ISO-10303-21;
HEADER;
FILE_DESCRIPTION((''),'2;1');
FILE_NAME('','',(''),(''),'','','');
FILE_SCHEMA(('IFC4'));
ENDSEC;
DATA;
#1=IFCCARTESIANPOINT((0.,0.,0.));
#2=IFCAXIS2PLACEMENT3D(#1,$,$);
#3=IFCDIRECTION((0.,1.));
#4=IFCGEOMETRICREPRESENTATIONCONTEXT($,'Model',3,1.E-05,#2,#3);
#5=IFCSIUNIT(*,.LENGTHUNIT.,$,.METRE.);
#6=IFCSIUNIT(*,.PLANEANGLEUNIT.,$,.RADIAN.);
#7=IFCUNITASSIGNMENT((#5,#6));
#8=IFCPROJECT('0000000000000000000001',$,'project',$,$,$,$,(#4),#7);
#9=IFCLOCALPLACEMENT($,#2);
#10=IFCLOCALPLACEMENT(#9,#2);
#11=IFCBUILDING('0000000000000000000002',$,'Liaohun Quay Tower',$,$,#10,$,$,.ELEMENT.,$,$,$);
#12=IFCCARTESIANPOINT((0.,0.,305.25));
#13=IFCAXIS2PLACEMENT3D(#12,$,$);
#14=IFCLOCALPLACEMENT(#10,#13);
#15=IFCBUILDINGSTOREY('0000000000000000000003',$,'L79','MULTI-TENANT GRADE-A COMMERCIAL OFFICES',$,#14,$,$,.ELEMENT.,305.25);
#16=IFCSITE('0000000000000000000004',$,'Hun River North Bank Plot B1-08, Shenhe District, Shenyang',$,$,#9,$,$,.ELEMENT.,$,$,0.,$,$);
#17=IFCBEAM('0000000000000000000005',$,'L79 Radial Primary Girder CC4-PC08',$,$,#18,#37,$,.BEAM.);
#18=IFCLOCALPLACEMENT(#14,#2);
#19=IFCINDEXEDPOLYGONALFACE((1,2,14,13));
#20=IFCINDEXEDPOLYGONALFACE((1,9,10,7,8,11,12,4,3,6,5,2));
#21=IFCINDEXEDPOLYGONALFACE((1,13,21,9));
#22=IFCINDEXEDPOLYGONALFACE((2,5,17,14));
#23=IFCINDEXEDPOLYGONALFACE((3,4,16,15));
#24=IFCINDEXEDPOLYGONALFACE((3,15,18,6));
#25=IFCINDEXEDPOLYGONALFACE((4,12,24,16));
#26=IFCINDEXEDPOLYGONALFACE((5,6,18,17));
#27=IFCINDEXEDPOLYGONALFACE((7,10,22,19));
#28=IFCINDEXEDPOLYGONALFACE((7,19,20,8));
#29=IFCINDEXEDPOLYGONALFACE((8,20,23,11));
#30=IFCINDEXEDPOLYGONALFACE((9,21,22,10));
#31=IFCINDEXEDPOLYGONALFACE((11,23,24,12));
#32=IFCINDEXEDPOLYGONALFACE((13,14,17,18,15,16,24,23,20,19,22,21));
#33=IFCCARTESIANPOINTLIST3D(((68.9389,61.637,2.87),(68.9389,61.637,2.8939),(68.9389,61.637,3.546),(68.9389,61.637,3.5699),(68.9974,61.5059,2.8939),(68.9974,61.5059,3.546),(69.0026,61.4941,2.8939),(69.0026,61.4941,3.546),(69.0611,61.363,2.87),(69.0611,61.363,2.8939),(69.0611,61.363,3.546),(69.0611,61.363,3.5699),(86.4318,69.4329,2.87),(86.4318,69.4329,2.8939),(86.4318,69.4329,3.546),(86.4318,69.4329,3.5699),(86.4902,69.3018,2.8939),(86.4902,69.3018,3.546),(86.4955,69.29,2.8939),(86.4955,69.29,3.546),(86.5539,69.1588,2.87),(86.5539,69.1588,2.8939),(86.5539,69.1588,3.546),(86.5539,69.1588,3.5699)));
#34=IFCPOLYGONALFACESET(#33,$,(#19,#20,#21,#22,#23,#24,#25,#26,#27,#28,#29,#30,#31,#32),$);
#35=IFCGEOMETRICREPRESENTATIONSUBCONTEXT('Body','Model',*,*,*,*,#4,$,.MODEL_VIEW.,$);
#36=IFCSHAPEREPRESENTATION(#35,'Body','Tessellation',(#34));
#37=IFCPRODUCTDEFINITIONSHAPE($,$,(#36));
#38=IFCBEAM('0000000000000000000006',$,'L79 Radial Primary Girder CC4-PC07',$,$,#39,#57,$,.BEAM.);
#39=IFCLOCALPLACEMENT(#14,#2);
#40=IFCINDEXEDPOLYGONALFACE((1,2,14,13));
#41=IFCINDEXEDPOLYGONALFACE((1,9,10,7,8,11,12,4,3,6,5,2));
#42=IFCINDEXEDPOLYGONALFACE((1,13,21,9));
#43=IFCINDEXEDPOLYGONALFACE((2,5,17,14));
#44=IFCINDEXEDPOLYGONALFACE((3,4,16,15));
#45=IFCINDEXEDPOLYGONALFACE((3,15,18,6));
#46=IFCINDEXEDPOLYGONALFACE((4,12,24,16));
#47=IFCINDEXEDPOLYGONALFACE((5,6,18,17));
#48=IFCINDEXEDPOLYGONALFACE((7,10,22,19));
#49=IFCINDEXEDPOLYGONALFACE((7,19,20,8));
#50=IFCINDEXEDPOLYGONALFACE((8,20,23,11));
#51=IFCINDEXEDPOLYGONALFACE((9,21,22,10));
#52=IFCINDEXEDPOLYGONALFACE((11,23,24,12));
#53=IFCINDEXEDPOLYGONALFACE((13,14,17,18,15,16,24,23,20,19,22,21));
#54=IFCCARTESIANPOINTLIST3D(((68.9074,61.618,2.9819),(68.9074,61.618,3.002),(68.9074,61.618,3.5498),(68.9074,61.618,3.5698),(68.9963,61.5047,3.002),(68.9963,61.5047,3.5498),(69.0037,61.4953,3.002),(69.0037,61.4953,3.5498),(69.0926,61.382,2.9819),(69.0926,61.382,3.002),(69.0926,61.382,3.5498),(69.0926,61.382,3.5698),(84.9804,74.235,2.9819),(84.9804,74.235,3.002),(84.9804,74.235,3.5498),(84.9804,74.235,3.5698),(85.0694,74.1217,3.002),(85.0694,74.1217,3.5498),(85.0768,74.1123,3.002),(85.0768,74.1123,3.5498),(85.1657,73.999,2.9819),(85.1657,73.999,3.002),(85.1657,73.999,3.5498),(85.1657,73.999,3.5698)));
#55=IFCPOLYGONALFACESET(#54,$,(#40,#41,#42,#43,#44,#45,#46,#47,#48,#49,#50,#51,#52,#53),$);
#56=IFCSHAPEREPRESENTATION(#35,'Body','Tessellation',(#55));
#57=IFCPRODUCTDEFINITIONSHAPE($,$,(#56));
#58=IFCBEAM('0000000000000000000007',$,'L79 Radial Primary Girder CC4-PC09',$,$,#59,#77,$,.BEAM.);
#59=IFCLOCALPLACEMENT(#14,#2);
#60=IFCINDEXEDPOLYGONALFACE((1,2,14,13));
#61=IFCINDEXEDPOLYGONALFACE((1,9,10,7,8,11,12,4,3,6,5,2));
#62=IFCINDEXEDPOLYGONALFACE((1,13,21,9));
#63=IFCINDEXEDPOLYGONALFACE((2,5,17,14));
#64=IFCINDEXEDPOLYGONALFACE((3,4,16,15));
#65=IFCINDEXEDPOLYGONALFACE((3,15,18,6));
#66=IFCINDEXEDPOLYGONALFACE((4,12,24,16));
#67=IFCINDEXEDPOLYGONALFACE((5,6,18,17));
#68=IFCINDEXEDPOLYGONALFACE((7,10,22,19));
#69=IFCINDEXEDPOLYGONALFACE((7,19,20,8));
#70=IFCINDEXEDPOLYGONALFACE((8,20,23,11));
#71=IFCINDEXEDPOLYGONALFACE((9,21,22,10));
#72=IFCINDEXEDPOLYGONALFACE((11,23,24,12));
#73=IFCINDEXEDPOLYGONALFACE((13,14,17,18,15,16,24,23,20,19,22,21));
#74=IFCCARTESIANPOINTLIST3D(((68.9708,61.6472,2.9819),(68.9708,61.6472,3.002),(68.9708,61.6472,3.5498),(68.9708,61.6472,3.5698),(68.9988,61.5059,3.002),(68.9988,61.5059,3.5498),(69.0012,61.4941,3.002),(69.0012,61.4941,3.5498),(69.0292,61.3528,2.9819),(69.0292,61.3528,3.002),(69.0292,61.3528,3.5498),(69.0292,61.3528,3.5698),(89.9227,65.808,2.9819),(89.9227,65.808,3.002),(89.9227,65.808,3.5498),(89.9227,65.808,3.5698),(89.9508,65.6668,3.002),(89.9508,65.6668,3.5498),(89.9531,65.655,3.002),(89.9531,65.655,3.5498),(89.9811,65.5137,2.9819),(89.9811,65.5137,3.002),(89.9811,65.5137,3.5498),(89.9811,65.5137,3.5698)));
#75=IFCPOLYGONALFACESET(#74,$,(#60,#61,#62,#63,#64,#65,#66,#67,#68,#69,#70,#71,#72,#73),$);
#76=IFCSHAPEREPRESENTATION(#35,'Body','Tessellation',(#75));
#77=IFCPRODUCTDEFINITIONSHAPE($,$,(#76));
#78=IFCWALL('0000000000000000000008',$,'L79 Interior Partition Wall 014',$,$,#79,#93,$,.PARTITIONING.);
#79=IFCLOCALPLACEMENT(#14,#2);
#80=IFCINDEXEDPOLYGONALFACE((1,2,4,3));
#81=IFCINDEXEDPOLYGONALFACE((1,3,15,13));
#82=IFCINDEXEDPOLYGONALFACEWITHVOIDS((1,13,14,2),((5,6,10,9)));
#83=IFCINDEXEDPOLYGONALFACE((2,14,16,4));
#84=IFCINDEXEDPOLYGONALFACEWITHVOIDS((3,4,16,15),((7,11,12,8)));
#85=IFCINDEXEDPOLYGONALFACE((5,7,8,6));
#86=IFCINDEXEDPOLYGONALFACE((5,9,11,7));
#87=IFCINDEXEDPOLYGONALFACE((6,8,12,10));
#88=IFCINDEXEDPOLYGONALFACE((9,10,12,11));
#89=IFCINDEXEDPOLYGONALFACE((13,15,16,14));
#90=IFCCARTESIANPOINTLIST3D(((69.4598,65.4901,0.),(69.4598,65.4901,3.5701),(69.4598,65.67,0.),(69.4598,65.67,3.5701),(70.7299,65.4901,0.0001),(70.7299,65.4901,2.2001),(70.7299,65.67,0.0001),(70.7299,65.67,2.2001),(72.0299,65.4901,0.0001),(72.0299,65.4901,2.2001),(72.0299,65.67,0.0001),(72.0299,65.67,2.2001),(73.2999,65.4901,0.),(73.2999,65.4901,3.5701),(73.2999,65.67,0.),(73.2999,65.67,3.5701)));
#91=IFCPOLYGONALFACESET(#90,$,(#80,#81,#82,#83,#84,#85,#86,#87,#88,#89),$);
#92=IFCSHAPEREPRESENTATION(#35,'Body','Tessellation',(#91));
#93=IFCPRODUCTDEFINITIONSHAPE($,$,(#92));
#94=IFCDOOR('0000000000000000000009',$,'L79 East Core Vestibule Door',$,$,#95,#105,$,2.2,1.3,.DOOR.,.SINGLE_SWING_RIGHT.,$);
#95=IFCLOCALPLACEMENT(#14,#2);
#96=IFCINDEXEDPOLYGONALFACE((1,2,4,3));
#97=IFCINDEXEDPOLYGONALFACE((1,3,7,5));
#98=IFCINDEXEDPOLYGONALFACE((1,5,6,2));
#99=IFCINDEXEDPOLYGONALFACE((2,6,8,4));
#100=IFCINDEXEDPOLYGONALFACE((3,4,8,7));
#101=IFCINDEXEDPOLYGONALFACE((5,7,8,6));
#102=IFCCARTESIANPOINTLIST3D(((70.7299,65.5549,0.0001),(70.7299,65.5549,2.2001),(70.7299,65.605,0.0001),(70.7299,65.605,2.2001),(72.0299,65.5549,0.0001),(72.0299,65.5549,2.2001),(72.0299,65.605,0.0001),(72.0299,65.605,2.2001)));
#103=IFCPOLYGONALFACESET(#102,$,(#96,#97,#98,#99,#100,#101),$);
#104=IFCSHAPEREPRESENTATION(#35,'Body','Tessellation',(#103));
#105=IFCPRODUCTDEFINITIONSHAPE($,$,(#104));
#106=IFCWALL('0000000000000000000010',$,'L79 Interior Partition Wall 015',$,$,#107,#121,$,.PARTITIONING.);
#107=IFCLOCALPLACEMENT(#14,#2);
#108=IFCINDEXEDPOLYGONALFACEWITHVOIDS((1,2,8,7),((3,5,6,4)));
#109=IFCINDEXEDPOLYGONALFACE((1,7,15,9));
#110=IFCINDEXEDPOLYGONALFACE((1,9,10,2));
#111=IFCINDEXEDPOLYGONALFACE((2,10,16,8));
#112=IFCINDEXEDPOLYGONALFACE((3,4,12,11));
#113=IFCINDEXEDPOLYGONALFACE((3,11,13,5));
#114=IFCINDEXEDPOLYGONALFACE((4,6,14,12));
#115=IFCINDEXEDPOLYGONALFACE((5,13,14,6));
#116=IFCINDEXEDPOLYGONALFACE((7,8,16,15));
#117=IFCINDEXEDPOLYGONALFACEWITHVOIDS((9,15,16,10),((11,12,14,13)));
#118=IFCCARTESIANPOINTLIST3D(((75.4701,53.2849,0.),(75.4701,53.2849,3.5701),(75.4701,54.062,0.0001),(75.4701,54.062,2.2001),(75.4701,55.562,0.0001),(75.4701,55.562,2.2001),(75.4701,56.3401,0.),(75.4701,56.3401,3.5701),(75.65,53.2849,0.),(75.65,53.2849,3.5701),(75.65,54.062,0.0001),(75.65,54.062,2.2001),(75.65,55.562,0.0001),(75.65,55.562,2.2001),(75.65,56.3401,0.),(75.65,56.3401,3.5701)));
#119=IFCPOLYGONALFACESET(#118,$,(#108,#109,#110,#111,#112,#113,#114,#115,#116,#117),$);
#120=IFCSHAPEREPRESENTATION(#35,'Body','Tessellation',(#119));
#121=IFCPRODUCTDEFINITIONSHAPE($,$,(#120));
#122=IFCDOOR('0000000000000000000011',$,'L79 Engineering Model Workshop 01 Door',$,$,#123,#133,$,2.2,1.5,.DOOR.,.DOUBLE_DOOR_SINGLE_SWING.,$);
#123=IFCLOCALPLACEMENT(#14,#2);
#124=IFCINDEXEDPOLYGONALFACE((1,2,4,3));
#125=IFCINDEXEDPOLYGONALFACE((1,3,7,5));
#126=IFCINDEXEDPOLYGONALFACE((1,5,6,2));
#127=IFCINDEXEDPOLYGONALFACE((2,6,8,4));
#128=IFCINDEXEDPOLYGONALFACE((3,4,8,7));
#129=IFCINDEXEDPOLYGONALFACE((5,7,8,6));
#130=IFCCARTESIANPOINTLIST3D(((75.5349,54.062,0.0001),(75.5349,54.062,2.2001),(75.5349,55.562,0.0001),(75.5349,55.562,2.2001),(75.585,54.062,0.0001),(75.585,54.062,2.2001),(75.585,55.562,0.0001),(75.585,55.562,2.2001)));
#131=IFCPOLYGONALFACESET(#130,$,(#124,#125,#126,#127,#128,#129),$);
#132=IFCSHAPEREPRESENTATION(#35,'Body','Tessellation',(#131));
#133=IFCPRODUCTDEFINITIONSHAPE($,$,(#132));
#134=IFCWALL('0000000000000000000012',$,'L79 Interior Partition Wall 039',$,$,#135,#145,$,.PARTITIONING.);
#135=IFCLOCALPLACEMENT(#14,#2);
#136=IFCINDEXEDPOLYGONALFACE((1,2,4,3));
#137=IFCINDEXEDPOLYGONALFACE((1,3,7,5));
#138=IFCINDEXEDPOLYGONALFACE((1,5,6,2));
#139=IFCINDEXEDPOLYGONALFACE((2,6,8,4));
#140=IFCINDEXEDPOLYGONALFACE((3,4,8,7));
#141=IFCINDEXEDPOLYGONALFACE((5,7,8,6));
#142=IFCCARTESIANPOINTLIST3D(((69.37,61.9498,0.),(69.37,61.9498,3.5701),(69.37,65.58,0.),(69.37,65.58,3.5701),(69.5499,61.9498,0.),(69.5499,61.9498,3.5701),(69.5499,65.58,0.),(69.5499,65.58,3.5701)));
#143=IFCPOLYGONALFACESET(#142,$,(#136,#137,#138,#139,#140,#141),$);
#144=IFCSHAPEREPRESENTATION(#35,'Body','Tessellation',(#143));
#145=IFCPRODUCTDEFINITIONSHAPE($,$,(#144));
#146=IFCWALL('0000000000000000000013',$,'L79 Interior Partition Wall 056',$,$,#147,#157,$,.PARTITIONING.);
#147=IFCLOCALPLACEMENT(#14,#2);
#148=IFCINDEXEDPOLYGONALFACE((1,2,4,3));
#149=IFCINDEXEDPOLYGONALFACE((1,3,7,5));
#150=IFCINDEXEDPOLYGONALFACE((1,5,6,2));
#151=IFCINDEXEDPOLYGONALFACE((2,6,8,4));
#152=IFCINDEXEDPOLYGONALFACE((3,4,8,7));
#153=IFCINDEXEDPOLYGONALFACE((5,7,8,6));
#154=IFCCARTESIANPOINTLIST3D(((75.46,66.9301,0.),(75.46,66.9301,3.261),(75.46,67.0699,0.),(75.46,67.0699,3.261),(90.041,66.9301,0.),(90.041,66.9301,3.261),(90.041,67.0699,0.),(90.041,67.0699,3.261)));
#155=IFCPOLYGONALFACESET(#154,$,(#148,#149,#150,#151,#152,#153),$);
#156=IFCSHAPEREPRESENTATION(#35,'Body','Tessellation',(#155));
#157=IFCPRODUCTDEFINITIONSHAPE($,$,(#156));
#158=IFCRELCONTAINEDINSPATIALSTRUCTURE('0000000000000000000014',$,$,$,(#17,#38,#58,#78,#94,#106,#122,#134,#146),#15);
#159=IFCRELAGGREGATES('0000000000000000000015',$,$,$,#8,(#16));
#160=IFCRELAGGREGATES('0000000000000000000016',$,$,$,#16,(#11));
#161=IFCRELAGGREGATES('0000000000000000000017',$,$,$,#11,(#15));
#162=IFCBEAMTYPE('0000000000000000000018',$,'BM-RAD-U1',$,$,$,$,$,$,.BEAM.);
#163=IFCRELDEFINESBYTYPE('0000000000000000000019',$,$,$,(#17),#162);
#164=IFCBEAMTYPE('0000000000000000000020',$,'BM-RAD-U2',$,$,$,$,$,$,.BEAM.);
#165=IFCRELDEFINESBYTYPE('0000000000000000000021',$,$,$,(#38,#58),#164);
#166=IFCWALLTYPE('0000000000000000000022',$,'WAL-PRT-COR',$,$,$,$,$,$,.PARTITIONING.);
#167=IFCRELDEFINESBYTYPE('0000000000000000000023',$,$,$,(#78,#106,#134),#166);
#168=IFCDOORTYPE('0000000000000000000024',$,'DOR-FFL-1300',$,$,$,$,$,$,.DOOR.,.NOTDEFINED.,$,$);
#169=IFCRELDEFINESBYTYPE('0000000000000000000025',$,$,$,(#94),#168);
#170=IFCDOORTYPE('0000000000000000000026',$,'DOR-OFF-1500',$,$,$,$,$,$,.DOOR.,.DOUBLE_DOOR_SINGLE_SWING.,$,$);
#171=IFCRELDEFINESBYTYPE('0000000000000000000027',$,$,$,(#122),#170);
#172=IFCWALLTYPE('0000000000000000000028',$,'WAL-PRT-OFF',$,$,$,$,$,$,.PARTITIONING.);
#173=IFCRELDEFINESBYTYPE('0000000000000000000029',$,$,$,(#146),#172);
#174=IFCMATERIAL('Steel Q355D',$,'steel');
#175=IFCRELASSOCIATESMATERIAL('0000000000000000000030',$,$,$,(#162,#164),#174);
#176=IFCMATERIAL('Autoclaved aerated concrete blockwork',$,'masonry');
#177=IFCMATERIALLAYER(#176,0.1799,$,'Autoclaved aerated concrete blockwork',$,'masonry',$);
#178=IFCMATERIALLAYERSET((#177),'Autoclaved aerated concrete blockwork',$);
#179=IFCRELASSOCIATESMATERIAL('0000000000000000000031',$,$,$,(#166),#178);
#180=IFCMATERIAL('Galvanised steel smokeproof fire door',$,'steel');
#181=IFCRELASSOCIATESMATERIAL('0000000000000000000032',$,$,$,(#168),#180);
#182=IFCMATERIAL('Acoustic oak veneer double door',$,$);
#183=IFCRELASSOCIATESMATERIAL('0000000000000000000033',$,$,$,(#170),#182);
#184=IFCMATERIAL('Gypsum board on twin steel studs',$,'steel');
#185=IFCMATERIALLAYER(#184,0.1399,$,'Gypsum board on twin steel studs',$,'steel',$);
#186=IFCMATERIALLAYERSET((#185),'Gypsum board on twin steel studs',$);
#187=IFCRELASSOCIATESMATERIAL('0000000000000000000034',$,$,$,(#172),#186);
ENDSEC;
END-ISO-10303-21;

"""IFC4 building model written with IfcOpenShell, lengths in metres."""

from ifc_helpers import new_model, si_unit, direction, frame, frame_2d, origin, origin_2d, place, context, subcontext, project, spatial, rectangle, i_section, extrude, source, transform, mapped, material, layer, layer_set, material_profile, profile_set, type_object, element, fill, save


model = new_model("IFC4")

# Units and contexts
model_context = context("Model", 3, precision=1e-05, world=origin(), true_north=direction((0.0, 1.0)))
body_context = subcontext(model_context, "Body", "Model", "MODEL_VIEW")
ifc_project = project(units=[si_unit("LENGTHUNIT", "METRE"), si_unit("PLANEANGLEUNIT", "RADIAN")], contexts=[model_context])

# Site, building, storey
site_placement = place(None, origin())
site = spatial("IfcSite", under=ifc_project, at=site_placement, Name="Hun River North Bank Plot B1-08, Shenhe District, Shenyang", CompositionType="ELEMENT", RefElevation=0.0)
building_placement = place(site_placement, origin())
building = spatial("IfcBuilding", under=site, at=building_placement, Name="Liaohun Quay Tower", CompositionType="ELEMENT")
storey_placement = place(building_placement, frame((0.0, 0.0, 305.25)))
storey = spatial("IfcBuildingStorey", under=building, at=storey_placement, Name="L79", Description="MULTI-TENANT GRADE-A COMMERCIAL OFFICES", CompositionType="ELEMENT", Elevation=305.25)

# Beams
ifc_material_1 = material(Name="Steel Q355D", Category="steel")
ifc_material_profile_1 = material_profile(ifc_material_1, i_section(OverallWidth=0.3, OverallDepth=0.7, WebThickness=0.0129, FlangeThickness=0.0239, at=origin_2d()), Name="HN700x300x13x24")
ifc_profile_set_1 = profile_set([ifc_material_profile_1], Name="Steel Q355D")
beam_type_1 = type_object("IfcBeamType", Name="BM-RAD-U1", PredefinedType="BEAM", material=ifc_profile_set_1)
shared_shape_1 = source(origin(), body_context, "Body", "SweptSolid", [
    extrude(i_section(OverallWidth=0.3, OverallDepth=0.7, WebThickness=0.0129, FlangeThickness=0.0239, at=origin_2d()), origin(), (0.0, 0.0, 1.0), 19.1514),
])
beam_1_placement = place(storey_placement, frame((69.0, 61.5, 3.22), z_axis=(0.913399, 0.407066, 0.0), x_axis=(-0.407066, 0.913399, 0.0)))
element("IfcBeam", 1, at=beam_1_placement, inside=storey, type_object=beam_type_1, Name="L79 Radial Primary Girder CC4-PC08", PredefinedType="BEAM", context=body_context, shape_type="MappedRepresentation", body=[
    mapped(shared_shape_1, transform((0.0, 0.0, 0.0), x_axis=(1.0, 0.0, 0.0), y_axis=(0.0, 1.0, 0.0), z_axis=(0.0, 0.0, 1.0), scale=1.0)),
])
ifc_material_profile_2 = material_profile(ifc_material_1, i_section(OverallWidth=0.3, OverallDepth=0.5879, WebThickness=0.012, FlangeThickness=0.02, at=origin_2d()), Name="HM588x300x12x20")
ifc_profile_set_2 = profile_set([ifc_material_profile_2], Name="Steel Q355D")
beam_type_2 = type_object("IfcBeamType", Name="BM-RAD-U2", PredefinedType="BEAM", material=ifc_profile_set_2)
shared_shape_2 = source(origin(), body_context, "Body", "SweptSolid", [
    extrude(i_section(OverallWidth=0.3, OverallDepth=0.5879, WebThickness=0.012, FlangeThickness=0.02, at=origin_2d()), origin(), (0.0, 0.0, 1.0), 20.4336),
])
beam_2_placement = place(storey_placement, frame((69.0, 61.5, 3.2759), z_axis=(0.7866, 0.617463, 0.0), x_axis=(-0.617463, 0.7866, 0.0)))
element("IfcBeam", 2, at=beam_2_placement, inside=storey, type_object=beam_type_2, Name="L79 Radial Primary Girder CC4-PC07", PredefinedType="BEAM", context=body_context, shape_type="MappedRepresentation", body=[
    mapped(shared_shape_2, transform((0.0, 0.0, 0.0), x_axis=(1.0, 0.0, 0.0), y_axis=(0.0, 1.0, 0.0), z_axis=(0.0, 0.0, 1.0), scale=1.0)),
])
shared_shape_3 = source(origin(), body_context, "Body", "SweptSolid", [
    extrude(i_section(OverallWidth=0.3, OverallDepth=0.5879, WebThickness=0.012, FlangeThickness=0.02, at=origin_2d()), origin(), (0.0, 0.0, 1.0), 21.3611),
])
beam_3_placement = place(storey_placement, frame((69.0, 61.5, 3.2759), z_axis=(0.980845, 0.194788, 0.0), x_axis=(-0.194788, 0.980845, 0.0)))
element("IfcBeam", 3, at=beam_3_placement, inside=storey, type_object=beam_type_2, Name="L79 Radial Primary Girder CC4-PC09", PredefinedType="BEAM", context=body_context, shape_type="MappedRepresentation", body=[
    mapped(shared_shape_3, transform((0.0, 0.0, 0.0), x_axis=(1.0, 0.0, 0.0), y_axis=(0.0, 1.0, 0.0), z_axis=(0.0, 0.0, 1.0), scale=1.0)),
])

# Walls, openings, doors
ifc_material_2 = material(Name="Autoclaved aerated concrete blockwork", Category="masonry")
ifc_layer_1 = layer(ifc_material_2, 0.1799, Name="Autoclaved aerated concrete blockwork", Category="masonry")
ifc_layer_set_1 = layer_set([ifc_layer_1], Name="Autoclaved aerated concrete blockwork")
wall_type_1 = type_object("IfcWallType", Name="WAL-PRT-COR", PredefinedType="PARTITIONING", material=ifc_layer_set_1)
wall_1_placement = place(storey_placement, frame((69.46, 65.5801, 0.0), z_axis=(0.0, 0.0, 1.0), x_axis=(1.0, 0.0, 0.0)))
wall_1 = element("IfcWall", 4, at=wall_1_placement, inside=storey, type_object=wall_type_1, Name="L79 Interior Partition Wall 014", PredefinedType="PARTITIONING", context=body_context, shape_type="SweptSolid", body=[
    extrude(rectangle(XDim=3.8401, YDim=0.1799, at=frame_2d((1.9199, 0.0))), origin(), (0.0, 0.0, 1.0), 3.5701),
])
shared_shape_4 = source(origin(), body_context, "Body", "SweptSolid", [
    extrude(rectangle(XDim=1.3, YDim=2.2, at=frame_2d((0.6499, 1.1001))), frame((0.0, 0.0999, 0.0), z_axis=(0.0, -1.0, 0.0), x_axis=(1.0, 0.0, 0.0)), (0.0, 0.0, 1.0), 0.2),
])
opening_1_placement = place(wall_1_placement, frame((1.27, 0.0, 0.0)))
opening_1 = element("IfcOpeningElement", 5, at=opening_1_placement, cuts=wall_1, PredefinedType="OPENING", context=body_context, shape_type="MappedRepresentation", body=[
    mapped(shared_shape_4, transform((0.0, 0.0, 0.0), x_axis=(1.0, 0.0, 0.0), y_axis=(0.0, 1.0, 0.0), z_axis=(0.0, 0.0, 1.0), scale=1.0)),
])
ifc_material_3 = material(Name="Galvanised steel smokeproof fire door", Category="steel")
door_type_1 = type_object("IfcDoorType", Name="DOR-FFL-1300", OperationType="NOTDEFINED", PredefinedType="DOOR", material=ifc_material_3)
shared_shape_5 = source(origin(), body_context, "Body", "SweptSolid", [
    extrude(rectangle(XDim=1.3, YDim=2.2, at=frame_2d((0.6499, 1.1001))), frame((0.0, 0.0249, 0.0), z_axis=(0.0, -1.0, 0.0), x_axis=(1.0, 0.0, 0.0)), (0.0, 0.0, 1.0), 0.05),
])
door_1_placement = place(opening_1_placement, origin())
door_1 = element("IfcDoor", 6, at=door_1_placement, inside=storey, type_object=door_type_1, Name="L79 East Core Vestibule Door", OperationType="SINGLE_SWING_RIGHT", OverallHeight=2.2, OverallWidth=1.3, PredefinedType="DOOR", context=body_context, shape_type="MappedRepresentation", body=[
    mapped(shared_shape_5, transform((0.0, 0.0, 0.0), x_axis=(1.0, 0.0, 0.0), y_axis=(0.0, 1.0, 0.0), z_axis=(0.0, 0.0, 1.0), scale=1.0)),
])
fill(opening_1, door_1)
wall_2_placement = place(storey_placement, frame((75.5601, 56.3401, 0.0), z_axis=(0.0, 0.0, 1.0), x_axis=(0.0, -1.0, 0.0)))
wall_2 = element("IfcWall", 7, at=wall_2_placement, inside=storey, type_object=wall_type_1, Name="L79 Interior Partition Wall 015", PredefinedType="PARTITIONING", context=body_context, shape_type="SweptSolid", body=[
    extrude(rectangle(XDim=3.0552, YDim=0.1799, at=frame_2d((1.5276, 0.0))), origin(), (0.0, 0.0, 1.0), 3.5701),
])
shared_shape_6 = source(origin(), body_context, "Body", "SweptSolid", [
    extrude(rectangle(XDim=1.5, YDim=2.2, at=frame_2d((0.75, 1.1001))), frame((0.0, 0.0999, 0.0), z_axis=(0.0, -1.0, 0.0), x_axis=(1.0, 0.0, 0.0)), (0.0, 0.0, 1.0), 0.2),
])
opening_2_placement = place(wall_2_placement, frame((0.7781, 0.0, 0.0)))
opening_2 = element("IfcOpeningElement", 8, at=opening_2_placement, cuts=wall_2, PredefinedType="OPENING", context=body_context, shape_type="MappedRepresentation", body=[
    mapped(shared_shape_6, transform((0.0, 0.0, 0.0), x_axis=(1.0, 0.0, 0.0), y_axis=(0.0, 1.0, 0.0), z_axis=(0.0, 0.0, 1.0), scale=1.0)),
])
ifc_material_4 = material(Name="Acoustic oak veneer double door")
door_type_2 = type_object("IfcDoorType", Name="DOR-OFF-1500", OperationType="DOUBLE_DOOR_SINGLE_SWING", PredefinedType="DOOR", material=ifc_material_4)
shared_shape_7 = source(origin(), body_context, "Body", "SweptSolid", [
    extrude(rectangle(XDim=1.5, YDim=2.2, at=frame_2d((0.75, 1.1001))), frame((0.0, 0.0249, 0.0), z_axis=(0.0, -1.0, 0.0), x_axis=(1.0, 0.0, 0.0)), (0.0, 0.0, 1.0), 0.05),
])
door_2_placement = place(opening_2_placement, origin())
door_2 = element("IfcDoor", 9, at=door_2_placement, inside=storey, type_object=door_type_2, Name="L79 Engineering Model Workshop 01 Door", OperationType="DOUBLE_DOOR_SINGLE_SWING", OverallHeight=2.2, OverallWidth=1.5, PredefinedType="DOOR", context=body_context, shape_type="MappedRepresentation", body=[
    mapped(shared_shape_7, transform((0.0, 0.0, 0.0), x_axis=(1.0, 0.0, 0.0), y_axis=(0.0, 1.0, 0.0), z_axis=(0.0, 0.0, 1.0), scale=1.0)),
])
fill(opening_2, door_2)

# Walls
wall_3_placement = place(storey_placement, frame((69.46, 61.95, 0.0), z_axis=(0.0, 0.0, 1.0), x_axis=(0.0, 1.0, 0.0)))
element("IfcWall", 10, at=wall_3_placement, inside=storey, type_object=wall_type_1, Name="L79 Interior Partition Wall 039", PredefinedType="PARTITIONING", context=body_context, shape_type="SweptSolid", body=[
    extrude(rectangle(XDim=3.6301, YDim=0.1799, at=frame_2d((1.8149, 0.0))), origin(), (0.0, 0.0, 1.0), 3.5701),
])
ifc_material_5 = material(Name="Gypsum board on twin steel studs", Category="steel")
ifc_layer_2 = layer(ifc_material_5, 0.1399, Name="Gypsum board on twin steel studs", Category="steel")
ifc_layer_set_2 = layer_set([ifc_layer_2], Name="Gypsum board on twin steel studs")
wall_type_2 = type_object("IfcWallType", Name="WAL-PRT-OFF", PredefinedType="PARTITIONING", material=ifc_layer_set_2)
wall_4_placement = place(storey_placement, frame((75.46, 67.0, 0.0), z_axis=(0.0, 0.0, 1.0), x_axis=(1.0, 0.0, 0.0)))
element("IfcWall", 11, at=wall_4_placement, inside=storey, type_object=wall_type_2, Name="L79 Interior Partition Wall 056", PredefinedType="PARTITIONING", context=body_context, shape_type="SweptSolid", body=[
    extrude(rectangle(XDim=14.5811, YDim=0.1399, at=frame_2d((7.2905, 0.0))), origin(), (0.0, 0.0, 1.0), 3.261),
])

save(model, "model.ifc")
